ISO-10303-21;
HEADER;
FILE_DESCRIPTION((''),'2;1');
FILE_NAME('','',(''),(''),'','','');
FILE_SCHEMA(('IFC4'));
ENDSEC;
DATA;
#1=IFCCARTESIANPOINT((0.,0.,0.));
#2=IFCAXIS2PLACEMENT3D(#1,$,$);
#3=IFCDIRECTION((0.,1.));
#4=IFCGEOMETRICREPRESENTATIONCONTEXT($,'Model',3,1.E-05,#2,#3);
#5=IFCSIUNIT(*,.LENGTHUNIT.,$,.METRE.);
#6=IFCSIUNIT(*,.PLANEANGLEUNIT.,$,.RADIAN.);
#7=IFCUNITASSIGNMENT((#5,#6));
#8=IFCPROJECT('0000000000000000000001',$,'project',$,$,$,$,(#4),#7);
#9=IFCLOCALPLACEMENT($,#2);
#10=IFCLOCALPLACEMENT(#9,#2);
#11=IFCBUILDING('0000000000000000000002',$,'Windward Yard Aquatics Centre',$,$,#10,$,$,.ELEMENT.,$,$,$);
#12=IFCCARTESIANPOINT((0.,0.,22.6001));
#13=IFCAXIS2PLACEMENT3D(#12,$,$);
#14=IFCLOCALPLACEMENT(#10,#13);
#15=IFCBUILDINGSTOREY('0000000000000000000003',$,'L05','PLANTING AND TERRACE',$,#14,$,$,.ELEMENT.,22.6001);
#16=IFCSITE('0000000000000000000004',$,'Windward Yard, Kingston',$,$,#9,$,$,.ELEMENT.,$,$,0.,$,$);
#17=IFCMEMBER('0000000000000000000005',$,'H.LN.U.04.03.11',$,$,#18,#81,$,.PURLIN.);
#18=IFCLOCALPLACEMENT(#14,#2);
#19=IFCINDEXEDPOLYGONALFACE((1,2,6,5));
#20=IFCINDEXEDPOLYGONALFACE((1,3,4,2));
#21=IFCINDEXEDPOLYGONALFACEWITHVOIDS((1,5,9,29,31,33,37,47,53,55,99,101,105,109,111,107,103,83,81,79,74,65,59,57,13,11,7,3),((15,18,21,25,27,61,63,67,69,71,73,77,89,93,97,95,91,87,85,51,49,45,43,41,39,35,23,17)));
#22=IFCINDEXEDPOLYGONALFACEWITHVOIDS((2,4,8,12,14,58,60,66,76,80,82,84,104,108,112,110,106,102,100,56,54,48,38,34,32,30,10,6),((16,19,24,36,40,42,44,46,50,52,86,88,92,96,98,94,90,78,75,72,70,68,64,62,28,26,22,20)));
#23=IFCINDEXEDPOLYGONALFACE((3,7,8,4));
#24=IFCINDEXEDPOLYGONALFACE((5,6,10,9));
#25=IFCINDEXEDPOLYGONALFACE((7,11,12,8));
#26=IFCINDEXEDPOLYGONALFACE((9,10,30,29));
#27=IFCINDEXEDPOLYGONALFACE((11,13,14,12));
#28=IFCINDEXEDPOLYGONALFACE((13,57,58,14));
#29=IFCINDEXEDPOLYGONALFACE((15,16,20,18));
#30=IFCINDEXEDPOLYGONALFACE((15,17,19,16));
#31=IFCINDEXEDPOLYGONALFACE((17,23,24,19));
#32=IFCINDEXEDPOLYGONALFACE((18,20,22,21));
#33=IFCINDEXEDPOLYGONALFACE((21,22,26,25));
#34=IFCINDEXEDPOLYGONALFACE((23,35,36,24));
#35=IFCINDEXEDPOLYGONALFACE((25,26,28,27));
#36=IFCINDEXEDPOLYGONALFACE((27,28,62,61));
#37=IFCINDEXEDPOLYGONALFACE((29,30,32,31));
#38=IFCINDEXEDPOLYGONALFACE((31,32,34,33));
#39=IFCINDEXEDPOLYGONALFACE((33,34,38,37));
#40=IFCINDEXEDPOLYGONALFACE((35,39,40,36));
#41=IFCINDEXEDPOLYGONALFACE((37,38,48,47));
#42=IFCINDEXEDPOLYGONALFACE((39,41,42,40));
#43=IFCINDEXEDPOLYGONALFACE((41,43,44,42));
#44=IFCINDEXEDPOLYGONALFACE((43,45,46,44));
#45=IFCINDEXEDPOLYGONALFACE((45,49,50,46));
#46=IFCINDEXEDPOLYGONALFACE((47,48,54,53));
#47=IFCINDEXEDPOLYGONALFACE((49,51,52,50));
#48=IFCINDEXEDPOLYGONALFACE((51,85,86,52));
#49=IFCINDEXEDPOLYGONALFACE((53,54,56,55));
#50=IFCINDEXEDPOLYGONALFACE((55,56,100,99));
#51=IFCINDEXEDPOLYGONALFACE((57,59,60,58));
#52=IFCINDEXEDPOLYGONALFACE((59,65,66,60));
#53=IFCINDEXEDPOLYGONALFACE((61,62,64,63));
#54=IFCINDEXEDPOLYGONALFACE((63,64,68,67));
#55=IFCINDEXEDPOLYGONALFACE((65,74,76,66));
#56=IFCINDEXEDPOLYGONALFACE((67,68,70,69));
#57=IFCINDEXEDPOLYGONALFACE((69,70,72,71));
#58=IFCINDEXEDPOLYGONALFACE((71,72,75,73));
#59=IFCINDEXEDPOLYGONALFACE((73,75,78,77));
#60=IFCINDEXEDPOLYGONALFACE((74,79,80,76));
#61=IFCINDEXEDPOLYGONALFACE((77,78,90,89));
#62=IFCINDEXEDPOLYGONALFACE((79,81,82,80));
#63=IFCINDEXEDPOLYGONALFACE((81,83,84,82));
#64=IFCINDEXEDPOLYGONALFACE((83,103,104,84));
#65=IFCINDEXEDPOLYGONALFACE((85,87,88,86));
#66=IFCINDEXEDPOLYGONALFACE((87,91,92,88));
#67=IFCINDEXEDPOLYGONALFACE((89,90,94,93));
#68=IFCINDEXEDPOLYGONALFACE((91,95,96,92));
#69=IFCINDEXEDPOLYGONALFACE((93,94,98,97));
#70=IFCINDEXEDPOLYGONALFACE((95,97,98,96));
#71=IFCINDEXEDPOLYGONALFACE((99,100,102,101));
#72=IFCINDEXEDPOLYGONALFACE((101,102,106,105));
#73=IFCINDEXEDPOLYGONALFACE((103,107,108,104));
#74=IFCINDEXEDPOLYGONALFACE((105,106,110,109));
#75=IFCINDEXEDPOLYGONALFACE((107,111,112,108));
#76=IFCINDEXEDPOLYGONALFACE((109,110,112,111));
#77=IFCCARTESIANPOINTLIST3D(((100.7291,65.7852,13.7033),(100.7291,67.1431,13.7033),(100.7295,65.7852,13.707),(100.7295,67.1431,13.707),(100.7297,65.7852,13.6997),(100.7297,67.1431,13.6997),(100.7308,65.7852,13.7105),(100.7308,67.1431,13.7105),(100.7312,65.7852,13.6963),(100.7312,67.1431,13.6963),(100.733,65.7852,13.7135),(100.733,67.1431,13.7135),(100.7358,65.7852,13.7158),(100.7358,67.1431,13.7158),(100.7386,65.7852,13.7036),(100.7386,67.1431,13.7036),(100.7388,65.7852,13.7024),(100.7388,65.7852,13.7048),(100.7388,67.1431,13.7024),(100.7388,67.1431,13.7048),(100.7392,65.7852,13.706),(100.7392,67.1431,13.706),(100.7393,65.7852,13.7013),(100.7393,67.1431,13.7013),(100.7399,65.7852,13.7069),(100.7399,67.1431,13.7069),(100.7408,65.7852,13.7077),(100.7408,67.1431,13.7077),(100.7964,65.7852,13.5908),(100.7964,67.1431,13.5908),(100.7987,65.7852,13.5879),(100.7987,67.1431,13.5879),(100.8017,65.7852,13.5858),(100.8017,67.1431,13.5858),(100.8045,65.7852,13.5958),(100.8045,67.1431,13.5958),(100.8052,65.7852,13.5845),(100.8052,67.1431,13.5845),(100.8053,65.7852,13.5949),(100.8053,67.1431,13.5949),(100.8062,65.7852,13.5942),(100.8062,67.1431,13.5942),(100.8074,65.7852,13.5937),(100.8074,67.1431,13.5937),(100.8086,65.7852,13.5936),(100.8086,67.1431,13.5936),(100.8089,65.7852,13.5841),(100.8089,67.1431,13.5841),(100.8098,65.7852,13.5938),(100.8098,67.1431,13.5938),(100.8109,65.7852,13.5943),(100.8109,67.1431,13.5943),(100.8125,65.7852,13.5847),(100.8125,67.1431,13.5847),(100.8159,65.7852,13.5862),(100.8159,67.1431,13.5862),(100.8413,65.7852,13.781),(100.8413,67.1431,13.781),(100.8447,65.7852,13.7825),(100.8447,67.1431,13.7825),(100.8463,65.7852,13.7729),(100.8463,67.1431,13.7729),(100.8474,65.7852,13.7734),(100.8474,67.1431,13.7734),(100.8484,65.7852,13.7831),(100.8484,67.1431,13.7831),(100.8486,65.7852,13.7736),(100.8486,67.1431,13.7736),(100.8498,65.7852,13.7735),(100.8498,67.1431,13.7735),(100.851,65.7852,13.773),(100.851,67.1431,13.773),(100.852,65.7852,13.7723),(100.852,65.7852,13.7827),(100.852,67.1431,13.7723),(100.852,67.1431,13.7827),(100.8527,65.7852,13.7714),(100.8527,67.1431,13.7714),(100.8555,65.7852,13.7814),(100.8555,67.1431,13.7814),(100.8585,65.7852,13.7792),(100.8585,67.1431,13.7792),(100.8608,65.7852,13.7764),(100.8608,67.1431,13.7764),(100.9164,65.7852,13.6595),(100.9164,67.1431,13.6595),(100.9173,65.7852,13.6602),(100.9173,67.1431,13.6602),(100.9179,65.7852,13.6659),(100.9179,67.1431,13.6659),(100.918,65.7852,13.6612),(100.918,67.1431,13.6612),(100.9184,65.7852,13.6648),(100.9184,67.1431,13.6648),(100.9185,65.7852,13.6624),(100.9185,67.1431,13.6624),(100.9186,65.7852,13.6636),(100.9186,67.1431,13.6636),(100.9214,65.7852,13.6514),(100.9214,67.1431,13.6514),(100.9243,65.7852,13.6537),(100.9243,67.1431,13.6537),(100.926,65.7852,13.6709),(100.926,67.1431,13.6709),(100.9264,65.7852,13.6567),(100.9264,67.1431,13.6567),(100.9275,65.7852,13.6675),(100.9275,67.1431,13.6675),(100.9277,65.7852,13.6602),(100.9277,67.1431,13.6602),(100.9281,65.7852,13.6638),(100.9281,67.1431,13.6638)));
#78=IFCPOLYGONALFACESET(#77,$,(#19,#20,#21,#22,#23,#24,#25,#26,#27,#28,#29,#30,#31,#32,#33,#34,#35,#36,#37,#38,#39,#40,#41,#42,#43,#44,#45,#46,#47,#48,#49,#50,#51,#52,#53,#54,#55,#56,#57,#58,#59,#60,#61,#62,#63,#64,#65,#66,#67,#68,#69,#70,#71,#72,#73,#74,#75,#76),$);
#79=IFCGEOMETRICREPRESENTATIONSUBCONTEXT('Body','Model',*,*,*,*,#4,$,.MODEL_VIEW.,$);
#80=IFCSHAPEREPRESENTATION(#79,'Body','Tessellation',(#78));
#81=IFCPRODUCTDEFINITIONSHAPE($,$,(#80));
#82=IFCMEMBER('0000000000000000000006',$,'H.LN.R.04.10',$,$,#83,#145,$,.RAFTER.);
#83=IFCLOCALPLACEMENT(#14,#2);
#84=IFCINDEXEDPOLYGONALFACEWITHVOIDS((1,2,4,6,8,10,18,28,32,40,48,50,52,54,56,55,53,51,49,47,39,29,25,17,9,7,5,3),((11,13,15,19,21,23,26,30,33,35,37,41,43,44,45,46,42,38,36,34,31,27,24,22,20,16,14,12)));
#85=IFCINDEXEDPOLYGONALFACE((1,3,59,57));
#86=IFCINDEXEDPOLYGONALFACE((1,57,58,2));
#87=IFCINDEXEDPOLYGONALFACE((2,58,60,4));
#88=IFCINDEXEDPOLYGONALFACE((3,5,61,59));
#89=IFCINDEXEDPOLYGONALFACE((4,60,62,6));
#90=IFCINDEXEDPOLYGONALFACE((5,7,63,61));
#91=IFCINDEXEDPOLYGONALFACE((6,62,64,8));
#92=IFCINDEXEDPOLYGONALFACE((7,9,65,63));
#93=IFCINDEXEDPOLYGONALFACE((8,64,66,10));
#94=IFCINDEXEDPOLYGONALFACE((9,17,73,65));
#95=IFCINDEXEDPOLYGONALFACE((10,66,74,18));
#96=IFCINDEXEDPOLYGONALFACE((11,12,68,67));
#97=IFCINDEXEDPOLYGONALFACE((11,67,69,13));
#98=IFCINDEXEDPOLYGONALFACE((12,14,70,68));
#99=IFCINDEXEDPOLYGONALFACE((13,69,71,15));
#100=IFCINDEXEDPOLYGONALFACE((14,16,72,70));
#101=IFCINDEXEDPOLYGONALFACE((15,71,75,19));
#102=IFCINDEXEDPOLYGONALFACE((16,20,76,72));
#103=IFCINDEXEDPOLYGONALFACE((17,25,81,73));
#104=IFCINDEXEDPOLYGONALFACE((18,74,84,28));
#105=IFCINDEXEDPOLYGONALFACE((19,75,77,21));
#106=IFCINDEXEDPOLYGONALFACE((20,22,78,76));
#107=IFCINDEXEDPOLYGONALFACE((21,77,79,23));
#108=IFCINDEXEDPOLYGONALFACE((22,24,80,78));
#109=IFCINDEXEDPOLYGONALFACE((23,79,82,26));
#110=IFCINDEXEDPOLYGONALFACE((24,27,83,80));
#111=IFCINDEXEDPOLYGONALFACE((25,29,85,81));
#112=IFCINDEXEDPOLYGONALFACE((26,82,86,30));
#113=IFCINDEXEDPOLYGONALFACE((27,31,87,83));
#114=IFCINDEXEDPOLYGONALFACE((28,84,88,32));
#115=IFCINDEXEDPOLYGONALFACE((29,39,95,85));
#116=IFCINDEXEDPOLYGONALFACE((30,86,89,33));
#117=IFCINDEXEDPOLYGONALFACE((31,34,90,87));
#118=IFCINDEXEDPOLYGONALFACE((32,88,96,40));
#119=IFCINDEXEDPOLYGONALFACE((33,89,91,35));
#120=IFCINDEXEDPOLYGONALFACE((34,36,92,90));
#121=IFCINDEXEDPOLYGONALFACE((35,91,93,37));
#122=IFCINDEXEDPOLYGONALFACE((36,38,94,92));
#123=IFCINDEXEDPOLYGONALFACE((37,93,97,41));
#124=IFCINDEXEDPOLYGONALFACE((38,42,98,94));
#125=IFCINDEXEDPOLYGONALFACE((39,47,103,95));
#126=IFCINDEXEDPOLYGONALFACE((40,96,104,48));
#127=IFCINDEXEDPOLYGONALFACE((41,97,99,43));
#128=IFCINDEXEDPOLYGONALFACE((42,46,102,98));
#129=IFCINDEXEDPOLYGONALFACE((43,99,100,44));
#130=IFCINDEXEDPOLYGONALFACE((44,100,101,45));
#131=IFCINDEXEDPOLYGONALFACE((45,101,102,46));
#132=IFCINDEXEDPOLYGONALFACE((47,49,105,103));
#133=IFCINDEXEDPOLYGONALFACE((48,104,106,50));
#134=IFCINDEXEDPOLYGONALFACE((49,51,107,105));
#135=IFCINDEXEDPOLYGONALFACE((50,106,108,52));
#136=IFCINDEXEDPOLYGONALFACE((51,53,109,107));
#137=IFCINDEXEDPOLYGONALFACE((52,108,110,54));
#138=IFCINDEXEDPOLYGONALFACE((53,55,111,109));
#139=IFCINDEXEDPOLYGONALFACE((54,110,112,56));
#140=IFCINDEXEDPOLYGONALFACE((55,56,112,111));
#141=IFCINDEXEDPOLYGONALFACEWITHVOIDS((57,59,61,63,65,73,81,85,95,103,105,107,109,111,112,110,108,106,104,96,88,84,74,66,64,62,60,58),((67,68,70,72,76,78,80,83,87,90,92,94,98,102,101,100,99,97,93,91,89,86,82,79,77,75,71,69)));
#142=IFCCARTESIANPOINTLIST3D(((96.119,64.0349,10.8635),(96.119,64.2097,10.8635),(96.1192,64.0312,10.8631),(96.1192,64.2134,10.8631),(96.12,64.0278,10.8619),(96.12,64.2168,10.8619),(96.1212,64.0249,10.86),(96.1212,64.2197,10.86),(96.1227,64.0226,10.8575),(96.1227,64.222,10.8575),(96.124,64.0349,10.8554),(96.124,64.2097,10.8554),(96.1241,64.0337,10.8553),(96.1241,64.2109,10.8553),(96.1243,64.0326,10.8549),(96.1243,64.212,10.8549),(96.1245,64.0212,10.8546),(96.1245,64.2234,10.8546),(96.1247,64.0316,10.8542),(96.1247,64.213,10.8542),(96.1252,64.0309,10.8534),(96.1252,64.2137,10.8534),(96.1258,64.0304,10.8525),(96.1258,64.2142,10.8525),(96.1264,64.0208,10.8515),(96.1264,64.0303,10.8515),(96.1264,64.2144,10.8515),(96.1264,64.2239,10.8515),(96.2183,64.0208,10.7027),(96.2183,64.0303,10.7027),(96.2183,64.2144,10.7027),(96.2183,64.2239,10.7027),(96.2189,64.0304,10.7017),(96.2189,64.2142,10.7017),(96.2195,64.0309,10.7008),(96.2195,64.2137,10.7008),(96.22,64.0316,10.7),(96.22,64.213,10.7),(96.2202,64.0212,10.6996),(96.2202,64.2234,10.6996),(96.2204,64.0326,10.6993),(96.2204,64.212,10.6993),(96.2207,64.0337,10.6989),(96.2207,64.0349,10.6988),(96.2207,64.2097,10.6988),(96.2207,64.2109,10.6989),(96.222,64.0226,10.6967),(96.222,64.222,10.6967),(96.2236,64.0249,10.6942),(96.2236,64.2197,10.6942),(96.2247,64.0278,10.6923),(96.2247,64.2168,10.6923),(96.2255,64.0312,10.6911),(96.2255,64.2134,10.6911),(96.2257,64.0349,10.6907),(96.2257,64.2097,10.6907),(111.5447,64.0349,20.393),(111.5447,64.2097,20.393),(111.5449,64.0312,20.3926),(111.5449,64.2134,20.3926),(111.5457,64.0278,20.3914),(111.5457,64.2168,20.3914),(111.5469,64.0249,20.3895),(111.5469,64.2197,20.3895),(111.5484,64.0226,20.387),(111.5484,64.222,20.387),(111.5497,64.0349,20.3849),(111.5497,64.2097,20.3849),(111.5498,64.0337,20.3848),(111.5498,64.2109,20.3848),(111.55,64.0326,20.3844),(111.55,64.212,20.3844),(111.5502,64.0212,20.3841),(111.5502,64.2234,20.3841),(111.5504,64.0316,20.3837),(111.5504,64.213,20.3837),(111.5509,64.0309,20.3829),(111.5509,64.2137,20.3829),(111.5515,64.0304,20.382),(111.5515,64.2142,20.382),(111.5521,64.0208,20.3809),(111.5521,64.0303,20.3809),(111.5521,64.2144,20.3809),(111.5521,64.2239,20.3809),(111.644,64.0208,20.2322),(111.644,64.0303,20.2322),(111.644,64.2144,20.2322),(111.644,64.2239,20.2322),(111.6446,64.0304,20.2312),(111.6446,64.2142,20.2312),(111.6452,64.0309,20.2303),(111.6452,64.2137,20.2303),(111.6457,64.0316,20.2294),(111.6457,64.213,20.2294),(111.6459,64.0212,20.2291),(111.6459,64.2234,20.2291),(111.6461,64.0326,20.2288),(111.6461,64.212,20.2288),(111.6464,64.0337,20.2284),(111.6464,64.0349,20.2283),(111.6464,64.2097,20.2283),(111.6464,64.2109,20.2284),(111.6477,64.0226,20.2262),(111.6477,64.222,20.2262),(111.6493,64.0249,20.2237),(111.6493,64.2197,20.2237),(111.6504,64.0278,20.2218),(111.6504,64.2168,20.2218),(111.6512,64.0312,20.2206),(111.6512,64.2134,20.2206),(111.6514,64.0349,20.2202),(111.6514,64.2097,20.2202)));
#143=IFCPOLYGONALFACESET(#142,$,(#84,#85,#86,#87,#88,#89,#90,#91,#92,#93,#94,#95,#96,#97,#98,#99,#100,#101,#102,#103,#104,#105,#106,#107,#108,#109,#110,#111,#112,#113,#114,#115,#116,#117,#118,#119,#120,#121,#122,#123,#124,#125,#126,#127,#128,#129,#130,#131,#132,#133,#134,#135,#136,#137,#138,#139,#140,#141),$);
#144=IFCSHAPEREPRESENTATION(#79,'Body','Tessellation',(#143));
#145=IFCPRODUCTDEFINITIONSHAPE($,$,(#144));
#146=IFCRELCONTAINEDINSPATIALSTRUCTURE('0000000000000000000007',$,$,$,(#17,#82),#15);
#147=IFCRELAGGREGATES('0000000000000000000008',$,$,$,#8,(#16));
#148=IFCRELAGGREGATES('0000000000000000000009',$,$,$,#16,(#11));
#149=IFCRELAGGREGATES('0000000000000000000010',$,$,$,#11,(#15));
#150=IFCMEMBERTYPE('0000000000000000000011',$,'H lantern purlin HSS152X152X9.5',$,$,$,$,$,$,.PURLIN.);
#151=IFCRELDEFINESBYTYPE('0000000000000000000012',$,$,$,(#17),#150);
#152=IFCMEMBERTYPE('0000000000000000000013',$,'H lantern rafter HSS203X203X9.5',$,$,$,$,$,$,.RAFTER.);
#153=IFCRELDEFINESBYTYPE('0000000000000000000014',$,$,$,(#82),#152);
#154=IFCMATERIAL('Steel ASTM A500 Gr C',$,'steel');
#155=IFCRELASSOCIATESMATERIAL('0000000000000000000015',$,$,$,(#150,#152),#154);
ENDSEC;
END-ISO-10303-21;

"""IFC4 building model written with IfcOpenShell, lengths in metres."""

from ifc_helpers import new_model, si_unit, direction, frame, origin, origin_2d, place, context, subcontext, project, spatial, hollow_rectangle, extrude, material, material_profile, profile_set, type_object, element, save


model = new_model("IFC4")

# Units and contexts
model_context = context("Model", 3, precision=1e-05, world=origin(), true_north=direction((0.0, 1.0)))
body_context = subcontext(model_context, "Body", "Model", "MODEL_VIEW")
ifc_project = project(units=[si_unit("LENGTHUNIT", "METRE"), si_unit("PLANEANGLEUNIT", "RADIAN")], contexts=[model_context])

# Site, building, storey
site_placement = place(None, origin())
site = spatial("IfcSite", under=ifc_project, at=site_placement, Name="Windward Yard, Kingston", CompositionType="ELEMENT", RefElevation=0.0)
building_placement = place(site_placement, origin())
building = spatial("IfcBuilding", under=site, at=building_placement, Name="Windward Yard Aquatics Centre", CompositionType="ELEMENT")
storey_placement = place(building_placement, frame((0.0, 0.0, 22.6001)))
storey = spatial("IfcBuildingStorey", under=building, at=storey_placement, Name="L05", Description="PLANTING AND TERRACE", CompositionType="ELEMENT", Elevation=22.6001)

# Members
ifc_material_1 = material(Name="Steel ASTM A500 Gr C", Category="steel")
ifc_material_profile_1 = material_profile(ifc_material_1, hollow_rectangle(XDim=0.1523, YDim=0.1523, WallThickness=0.0095, InnerFilletRadius=0.0046, OuterFilletRadius=0.0142, at=origin_2d()), Name="HSS152X152X9.5")
ifc_profile_set_1 = profile_set([ifc_material_profile_1], Name="Steel ASTM A500 Gr C")
member_type_1 = type_object("IfcMemberType", Name="H lantern purlin HSS152X152X9.5", PredefinedType="PURLIN", material=ifc_profile_set_1)
member_1_placement = place(storey_placement, frame((100.8286, 65.7852, 13.6836), z_axis=(0.0, 1.0, 0.0), x_axis=(-0.850755, 0.0, -0.525562)))
element("IfcMember", 1, at=member_1_placement, inside=storey, type_object=member_type_1, Name="H.LN.U.04.03.11", PredefinedType="PURLIN", context=body_context, shape_type="SweptSolid", body=[
    extrude(hollow_rectangle(XDim=0.1523, YDim=0.1523, WallThickness=0.0095, InnerFilletRadius=0.0046, OuterFilletRadius=0.0142, at=origin_2d()), origin(), (0.0, 0.0, 1.0), 1.3579),
])
ifc_material_profile_2 = material_profile(ifc_material_1, hollow_rectangle(XDim=0.2031, YDim=0.2031, WallThickness=0.0095, InnerFilletRadius=0.0046, OuterFilletRadius=0.0142, at=origin_2d()), Name="HSS203X203X9.5")
ifc_profile_set_2 = profile_set([ifc_material_profile_2], Name="Steel ASTM A500 Gr C")
member_type_2 = type_object("IfcMemberType", Name="H lantern rafter HSS203X203X9.5", PredefinedType="RAFTER", material=ifc_profile_set_2)
member_2_placement = place(storey_placement, frame((96.1724, 64.1223, 10.7771), z_axis=(0.850752, 0.0, 0.525567), x_axis=(0.0, 1.0, 0.0)))
element("IfcMember", 2, at=member_2_placement, inside=storey, type_object=member_type_2, Name="H.LN.R.04.10", PredefinedType="RAFTER", context=body_context, shape_type="SweptSolid", body=[
    extrude(hollow_rectangle(XDim=0.2031, YDim=0.2031, WallThickness=0.0095, InnerFilletRadius=0.0046, OuterFilletRadius=0.0142, at=origin_2d()), origin(), (0.0, 0.0, 1.0), 18.1318),
])

save(model, "model.ifc")
